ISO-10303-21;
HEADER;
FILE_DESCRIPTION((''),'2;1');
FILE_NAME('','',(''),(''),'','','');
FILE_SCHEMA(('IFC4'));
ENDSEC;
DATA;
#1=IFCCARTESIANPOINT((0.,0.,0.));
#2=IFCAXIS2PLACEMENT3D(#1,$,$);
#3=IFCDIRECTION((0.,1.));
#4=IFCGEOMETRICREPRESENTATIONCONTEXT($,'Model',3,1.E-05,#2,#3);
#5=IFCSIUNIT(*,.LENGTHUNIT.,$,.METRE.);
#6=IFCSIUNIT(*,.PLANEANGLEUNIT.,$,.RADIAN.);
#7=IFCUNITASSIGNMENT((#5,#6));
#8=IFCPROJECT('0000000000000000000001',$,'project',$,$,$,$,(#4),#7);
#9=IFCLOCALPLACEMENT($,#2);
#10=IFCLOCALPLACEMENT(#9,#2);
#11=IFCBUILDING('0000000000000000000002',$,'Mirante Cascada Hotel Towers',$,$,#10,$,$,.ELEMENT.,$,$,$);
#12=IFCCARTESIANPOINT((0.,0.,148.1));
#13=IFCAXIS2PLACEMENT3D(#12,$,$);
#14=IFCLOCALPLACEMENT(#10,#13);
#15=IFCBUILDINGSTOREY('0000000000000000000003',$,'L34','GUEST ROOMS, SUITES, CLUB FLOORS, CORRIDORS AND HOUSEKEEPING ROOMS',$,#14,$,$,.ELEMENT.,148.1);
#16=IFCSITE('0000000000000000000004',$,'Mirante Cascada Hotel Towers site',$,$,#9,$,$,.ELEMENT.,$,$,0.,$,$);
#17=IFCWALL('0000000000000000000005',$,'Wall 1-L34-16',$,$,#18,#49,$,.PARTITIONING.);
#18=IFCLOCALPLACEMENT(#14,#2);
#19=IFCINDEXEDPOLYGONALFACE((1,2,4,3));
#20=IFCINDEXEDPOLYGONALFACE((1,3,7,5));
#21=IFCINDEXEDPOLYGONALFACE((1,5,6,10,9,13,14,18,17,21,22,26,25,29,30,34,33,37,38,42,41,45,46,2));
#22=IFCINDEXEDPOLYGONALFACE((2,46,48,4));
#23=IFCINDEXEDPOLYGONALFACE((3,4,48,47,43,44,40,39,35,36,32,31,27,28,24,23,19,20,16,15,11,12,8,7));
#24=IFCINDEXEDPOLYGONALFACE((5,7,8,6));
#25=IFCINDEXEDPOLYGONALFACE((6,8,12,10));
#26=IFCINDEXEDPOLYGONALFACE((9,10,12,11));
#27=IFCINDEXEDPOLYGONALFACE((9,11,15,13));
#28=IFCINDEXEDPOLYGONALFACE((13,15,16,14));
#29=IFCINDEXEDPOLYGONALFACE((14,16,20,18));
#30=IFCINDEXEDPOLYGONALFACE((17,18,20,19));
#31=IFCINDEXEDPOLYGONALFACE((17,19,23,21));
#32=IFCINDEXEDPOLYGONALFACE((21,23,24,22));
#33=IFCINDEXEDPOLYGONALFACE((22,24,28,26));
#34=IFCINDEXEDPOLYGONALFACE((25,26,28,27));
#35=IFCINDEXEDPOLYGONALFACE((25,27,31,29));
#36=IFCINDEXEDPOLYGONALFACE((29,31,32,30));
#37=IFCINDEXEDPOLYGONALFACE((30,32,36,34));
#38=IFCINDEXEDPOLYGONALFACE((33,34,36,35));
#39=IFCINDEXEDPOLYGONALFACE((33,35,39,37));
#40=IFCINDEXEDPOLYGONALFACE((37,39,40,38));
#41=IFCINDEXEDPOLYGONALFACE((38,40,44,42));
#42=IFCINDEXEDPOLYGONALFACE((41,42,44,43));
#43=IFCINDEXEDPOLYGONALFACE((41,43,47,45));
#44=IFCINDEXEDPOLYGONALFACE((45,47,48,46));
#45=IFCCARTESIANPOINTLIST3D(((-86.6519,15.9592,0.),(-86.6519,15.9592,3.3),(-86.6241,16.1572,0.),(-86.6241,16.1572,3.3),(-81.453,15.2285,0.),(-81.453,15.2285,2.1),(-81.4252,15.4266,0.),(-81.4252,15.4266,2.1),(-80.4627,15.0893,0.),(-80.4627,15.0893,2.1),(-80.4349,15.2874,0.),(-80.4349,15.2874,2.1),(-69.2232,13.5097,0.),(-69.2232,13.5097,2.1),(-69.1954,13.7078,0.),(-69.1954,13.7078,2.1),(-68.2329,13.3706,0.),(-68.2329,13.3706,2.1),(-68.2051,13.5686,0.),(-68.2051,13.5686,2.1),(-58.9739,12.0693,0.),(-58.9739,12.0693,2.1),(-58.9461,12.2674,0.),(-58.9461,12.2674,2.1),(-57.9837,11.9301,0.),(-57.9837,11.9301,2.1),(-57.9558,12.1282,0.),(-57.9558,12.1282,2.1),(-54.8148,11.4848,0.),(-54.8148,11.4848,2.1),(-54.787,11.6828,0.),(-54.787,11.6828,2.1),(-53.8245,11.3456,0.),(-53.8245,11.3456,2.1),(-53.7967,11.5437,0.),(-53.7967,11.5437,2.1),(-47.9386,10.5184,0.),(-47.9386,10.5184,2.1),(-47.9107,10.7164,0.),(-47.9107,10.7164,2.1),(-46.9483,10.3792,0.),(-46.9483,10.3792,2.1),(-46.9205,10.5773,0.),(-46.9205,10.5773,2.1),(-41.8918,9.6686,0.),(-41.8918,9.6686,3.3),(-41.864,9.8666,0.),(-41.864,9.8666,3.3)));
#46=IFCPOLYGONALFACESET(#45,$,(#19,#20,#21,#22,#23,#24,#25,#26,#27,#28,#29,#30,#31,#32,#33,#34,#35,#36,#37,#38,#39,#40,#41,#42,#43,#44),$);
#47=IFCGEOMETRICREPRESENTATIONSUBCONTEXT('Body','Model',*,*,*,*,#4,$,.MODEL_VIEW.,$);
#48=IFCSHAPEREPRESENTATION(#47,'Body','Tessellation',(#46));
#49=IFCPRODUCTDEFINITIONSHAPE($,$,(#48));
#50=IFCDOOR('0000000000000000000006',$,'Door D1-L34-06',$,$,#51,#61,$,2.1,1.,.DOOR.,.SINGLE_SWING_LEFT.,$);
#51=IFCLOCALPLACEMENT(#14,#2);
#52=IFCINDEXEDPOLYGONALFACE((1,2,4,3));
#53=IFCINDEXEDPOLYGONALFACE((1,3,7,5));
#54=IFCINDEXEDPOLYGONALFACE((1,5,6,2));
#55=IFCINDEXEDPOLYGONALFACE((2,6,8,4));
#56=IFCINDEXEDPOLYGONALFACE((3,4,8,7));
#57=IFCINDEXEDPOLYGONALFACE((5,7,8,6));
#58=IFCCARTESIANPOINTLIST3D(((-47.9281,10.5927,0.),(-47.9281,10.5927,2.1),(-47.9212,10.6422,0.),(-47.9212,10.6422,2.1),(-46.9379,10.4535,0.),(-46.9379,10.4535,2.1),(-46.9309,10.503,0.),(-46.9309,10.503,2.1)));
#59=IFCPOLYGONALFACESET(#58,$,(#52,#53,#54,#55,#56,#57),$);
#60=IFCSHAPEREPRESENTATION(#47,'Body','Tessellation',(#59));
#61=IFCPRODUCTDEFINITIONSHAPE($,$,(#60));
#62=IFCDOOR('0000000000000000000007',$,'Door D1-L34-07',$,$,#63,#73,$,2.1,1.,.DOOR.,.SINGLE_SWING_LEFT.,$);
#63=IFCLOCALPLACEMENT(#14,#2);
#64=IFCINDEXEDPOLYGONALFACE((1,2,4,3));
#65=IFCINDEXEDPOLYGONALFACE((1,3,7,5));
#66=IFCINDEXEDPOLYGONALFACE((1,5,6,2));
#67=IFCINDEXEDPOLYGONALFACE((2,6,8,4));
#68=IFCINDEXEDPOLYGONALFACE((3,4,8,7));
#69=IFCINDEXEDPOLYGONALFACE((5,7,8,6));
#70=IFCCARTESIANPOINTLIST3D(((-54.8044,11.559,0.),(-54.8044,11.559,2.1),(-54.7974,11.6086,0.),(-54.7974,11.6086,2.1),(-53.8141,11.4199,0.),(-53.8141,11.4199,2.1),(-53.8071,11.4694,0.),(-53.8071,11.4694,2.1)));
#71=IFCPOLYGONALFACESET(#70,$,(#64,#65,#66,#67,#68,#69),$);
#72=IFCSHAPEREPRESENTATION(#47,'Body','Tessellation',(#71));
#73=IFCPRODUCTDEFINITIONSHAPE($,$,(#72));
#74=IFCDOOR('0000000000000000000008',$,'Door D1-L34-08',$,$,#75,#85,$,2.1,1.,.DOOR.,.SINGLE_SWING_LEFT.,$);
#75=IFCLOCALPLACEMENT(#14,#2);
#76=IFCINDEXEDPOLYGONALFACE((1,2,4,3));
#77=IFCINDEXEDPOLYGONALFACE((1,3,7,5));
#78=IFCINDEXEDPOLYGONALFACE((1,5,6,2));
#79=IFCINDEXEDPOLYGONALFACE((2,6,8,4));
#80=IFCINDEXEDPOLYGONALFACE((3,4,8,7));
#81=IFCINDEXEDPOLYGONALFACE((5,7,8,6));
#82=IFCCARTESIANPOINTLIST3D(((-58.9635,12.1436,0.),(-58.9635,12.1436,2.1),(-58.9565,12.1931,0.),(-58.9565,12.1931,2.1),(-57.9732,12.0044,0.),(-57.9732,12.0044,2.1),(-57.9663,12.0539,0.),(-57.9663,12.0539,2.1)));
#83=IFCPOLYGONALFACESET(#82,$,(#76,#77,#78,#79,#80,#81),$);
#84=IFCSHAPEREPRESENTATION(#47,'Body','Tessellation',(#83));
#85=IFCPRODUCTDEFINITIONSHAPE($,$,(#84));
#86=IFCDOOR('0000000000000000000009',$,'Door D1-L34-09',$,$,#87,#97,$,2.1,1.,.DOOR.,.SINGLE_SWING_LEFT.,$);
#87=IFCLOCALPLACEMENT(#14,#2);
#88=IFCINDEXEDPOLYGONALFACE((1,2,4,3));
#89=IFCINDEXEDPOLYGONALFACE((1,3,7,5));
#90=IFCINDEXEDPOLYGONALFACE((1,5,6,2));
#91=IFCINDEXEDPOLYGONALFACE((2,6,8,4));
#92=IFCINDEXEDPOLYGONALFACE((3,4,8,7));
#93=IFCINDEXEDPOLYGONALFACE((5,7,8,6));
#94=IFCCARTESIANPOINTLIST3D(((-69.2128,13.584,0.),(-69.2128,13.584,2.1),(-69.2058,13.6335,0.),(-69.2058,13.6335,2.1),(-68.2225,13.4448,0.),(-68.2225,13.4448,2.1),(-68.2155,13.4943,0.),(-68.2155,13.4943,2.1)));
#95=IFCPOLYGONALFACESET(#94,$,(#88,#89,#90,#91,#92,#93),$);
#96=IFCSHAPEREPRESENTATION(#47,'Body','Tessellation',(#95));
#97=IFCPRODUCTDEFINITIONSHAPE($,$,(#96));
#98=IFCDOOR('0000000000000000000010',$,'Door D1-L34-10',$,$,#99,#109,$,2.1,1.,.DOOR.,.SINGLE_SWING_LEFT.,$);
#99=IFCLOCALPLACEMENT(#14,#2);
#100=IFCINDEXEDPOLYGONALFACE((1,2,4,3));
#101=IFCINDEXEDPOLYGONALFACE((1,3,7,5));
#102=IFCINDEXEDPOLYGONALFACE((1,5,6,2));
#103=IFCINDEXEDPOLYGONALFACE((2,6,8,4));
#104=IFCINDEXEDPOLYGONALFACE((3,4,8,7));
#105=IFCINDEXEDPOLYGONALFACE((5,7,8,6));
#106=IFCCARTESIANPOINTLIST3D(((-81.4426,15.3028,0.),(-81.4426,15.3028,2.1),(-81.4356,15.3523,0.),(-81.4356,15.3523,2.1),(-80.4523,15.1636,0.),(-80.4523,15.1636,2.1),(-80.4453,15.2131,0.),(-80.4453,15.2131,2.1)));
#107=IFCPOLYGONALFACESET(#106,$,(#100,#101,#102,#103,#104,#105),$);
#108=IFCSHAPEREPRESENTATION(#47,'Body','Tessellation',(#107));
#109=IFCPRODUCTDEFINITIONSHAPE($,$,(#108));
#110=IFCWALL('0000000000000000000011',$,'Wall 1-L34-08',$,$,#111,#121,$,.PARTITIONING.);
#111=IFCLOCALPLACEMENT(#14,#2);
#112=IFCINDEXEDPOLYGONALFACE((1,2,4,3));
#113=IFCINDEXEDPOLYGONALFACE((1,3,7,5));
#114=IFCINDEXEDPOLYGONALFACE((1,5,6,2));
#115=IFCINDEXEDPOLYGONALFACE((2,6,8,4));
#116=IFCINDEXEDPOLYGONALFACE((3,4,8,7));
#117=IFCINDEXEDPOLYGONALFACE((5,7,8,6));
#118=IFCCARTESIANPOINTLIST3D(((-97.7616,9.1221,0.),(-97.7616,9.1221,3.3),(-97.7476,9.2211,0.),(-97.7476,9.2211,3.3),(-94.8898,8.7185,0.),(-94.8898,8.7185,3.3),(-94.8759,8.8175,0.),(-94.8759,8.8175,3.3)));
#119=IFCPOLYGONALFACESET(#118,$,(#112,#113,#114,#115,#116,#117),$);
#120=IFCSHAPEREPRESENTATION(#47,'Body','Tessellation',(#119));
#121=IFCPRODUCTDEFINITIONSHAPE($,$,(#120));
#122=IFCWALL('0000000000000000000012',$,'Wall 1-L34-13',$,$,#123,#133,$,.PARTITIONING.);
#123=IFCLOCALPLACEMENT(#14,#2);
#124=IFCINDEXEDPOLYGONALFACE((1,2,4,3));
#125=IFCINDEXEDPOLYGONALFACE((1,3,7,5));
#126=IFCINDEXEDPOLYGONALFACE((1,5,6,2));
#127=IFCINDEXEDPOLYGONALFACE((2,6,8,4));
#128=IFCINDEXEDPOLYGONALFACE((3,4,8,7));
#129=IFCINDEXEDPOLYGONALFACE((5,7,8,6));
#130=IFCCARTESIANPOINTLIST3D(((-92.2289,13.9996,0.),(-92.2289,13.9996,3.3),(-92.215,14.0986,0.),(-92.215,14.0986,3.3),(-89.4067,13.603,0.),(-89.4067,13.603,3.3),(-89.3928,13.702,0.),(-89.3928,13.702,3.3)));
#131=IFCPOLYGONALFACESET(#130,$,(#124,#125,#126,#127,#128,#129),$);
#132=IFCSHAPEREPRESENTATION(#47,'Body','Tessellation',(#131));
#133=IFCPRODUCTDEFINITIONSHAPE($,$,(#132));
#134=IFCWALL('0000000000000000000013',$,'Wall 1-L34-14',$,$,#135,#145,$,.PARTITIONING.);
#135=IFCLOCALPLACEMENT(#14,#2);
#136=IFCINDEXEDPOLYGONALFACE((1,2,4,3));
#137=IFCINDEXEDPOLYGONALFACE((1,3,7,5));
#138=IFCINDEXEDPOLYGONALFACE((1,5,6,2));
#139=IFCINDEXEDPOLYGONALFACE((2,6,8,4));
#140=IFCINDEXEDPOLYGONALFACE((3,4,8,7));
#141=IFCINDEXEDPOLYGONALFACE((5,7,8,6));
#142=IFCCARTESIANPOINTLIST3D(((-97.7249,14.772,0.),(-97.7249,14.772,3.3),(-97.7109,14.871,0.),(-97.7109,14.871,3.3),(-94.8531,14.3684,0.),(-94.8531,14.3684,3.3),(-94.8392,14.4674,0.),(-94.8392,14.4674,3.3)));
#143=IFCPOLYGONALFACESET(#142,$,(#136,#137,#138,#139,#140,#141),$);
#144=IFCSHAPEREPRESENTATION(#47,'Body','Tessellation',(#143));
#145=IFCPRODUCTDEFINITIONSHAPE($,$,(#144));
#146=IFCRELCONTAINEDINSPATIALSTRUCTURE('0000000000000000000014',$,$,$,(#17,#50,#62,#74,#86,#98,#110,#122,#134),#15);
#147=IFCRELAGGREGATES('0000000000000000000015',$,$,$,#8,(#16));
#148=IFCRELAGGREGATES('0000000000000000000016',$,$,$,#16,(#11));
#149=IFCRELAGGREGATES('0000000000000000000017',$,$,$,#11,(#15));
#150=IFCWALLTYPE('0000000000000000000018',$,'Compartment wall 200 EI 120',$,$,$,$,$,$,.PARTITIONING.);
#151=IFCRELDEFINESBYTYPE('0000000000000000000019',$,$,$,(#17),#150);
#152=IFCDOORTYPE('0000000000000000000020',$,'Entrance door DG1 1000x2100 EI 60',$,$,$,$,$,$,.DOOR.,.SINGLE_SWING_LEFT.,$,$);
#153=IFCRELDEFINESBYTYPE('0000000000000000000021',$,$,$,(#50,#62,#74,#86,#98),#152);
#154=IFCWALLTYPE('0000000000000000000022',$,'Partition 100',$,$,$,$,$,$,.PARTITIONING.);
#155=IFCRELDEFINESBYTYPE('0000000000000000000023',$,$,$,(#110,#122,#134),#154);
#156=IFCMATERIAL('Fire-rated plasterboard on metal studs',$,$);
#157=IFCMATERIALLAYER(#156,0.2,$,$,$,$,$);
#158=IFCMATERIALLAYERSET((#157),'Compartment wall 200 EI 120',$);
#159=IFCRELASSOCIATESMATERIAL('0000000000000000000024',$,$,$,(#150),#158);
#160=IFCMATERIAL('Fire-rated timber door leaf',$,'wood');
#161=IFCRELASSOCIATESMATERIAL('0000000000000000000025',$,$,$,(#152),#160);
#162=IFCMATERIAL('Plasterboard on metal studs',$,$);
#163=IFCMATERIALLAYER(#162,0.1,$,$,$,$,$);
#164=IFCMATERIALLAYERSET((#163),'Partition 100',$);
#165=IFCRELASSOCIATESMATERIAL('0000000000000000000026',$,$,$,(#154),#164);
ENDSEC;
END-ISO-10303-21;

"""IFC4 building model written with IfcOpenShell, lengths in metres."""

from ifc_helpers import new_model, si_unit, direction, frame, frame_2d, origin, place, context, subcontext, project, spatial, rectangle, extrude, material, layer, layer_set, type_object, element, fill, save


model = new_model("IFC4")

# Units and contexts
model_context = context("Model", 3, precision=1e-05, world=origin(), true_north=direction((0.0, 1.0)))
body_context = subcontext(model_context, "Body", "Model", "MODEL_VIEW")
ifc_project = project(units=[si_unit("LENGTHUNIT", "METRE"), si_unit("PLANEANGLEUNIT", "RADIAN")], contexts=[model_context])

# Site, building, storey
site_placement = place(None, origin())
site = spatial("IfcSite", under=ifc_project, at=site_placement, Name="Mirante Cascada Hotel Towers site", CompositionType="ELEMENT", RefElevation=0.0)
building_placement = place(site_placement, origin())
building = spatial("IfcBuilding", under=site, at=building_placement, Name="Mirante Cascada Hotel Towers", CompositionType="ELEMENT")
storey_placement = place(building_placement, frame((0.0, 0.0, 148.1)))
storey = spatial("IfcBuildingStorey", under=building, at=storey_placement, Name="L34", Description="GUEST ROOMS, SUITES, CLUB FLOORS, CORRIDORS AND HOUSEKEEPING ROOMS", CompositionType="ELEMENT", Elevation=148.1)

# Shared definitions
ifc_material_1 = material(Name="Fire-rated plasterboard on metal studs")
ifc_layer_1 = layer(ifc_material_1, 0.2)
ifc_layer_set_1 = layer_set([ifc_layer_1], Name="Compartment wall 200 EI 120")
wall_type_1 = type_object("IfcWallType", Name="Compartment wall 200 EI 120", PredefinedType="PARTITIONING", material=ifc_layer_set_1)

# Wall, openings, doors
wall_1_placement = place(storey_placement, frame((-86.638, 16.0582, 0.0), z_axis=(0.0, 0.0, 1.0), x_axis=(0.990268, -0.139173, 0.0)))
wall_1 = element("IfcWall", 1, at=wall_1_placement, inside=storey, type_object=wall_type_1, Name="Wall 1-L34-16", PredefinedType="PARTITIONING", context=body_context, shape_type="SweptSolid", body=[
    extrude(rectangle(XDim=45.2, YDim=0.2, at=frame_2d((22.6, 0.0))), origin(), (0.0, 0.0, 1.0), 3.3),
])
opening_1_placement = place(wall_1_placement, frame((39.0938, 0.0, 0.0)))
opening_1 = element("IfcOpeningElement", 2, at=opening_1_placement, cuts=wall_1, PredefinedType="OPENING", context=body_context, shape_type="SweptSolid", body=[
    extrude(rectangle(XDim=1.0, YDim=2.1, at=frame_2d((0.5, 1.05))), frame((0.0, 0.1, 0.0), z_axis=(0.0, -1.0, 0.0), x_axis=(1.0, 0.0, 0.0)), (0.0, 0.0, 1.0), 0.2),
])
opening_2_placement = place(wall_1_placement, frame((32.15, 0.0, 0.0)))
opening_2 = element("IfcOpeningElement", 3, at=opening_2_placement, cuts=wall_1, PredefinedType="OPENING", context=body_context, shape_type="SweptSolid", body=[
    extrude(rectangle(XDim=1.0, YDim=2.1, at=frame_2d((0.5, 1.05))), frame((0.0, 0.1, 0.0), z_axis=(0.0, -1.0, 0.0), x_axis=(1.0, 0.0, 0.0)), (0.0, 0.0, 1.0), 0.2),
])
opening_3_placement = place(wall_1_placement, frame((27.95, 0.0, 0.0)))
opening_3 = element("IfcOpeningElement", 4, at=opening_3_placement, cuts=wall_1, PredefinedType="OPENING", context=body_context, shape_type="SweptSolid", body=[
    extrude(rectangle(XDim=1.0, YDim=2.1, at=frame_2d((0.5, 1.05))), frame((0.0, 0.1, 0.0), z_axis=(0.0, -1.0, 0.0), x_axis=(1.0, 0.0, 0.0)), (0.0, 0.0, 1.0), 0.2),
])
opening_4_placement = place(wall_1_placement, frame((17.6, 0.0, 0.0)))
opening_4 = element("IfcOpeningElement", 5, at=opening_4_placement, cuts=wall_1, PredefinedType="OPENING", context=body_context, shape_type="SweptSolid", body=[
    extrude(rectangle(XDim=1.0, YDim=2.1, at=frame_2d((0.5, 1.05))), frame((0.0, 0.1, 0.0), z_axis=(0.0, -1.0, 0.0), x_axis=(1.0, 0.0, 0.0)), (0.0, 0.0, 1.0), 0.2),
])
opening_5_placement = place(wall_1_placement, frame((5.25, 0.0, 0.0)))
opening_5 = element("IfcOpeningElement", 6, at=opening_5_placement, cuts=wall_1, PredefinedType="OPENING", context=body_context, shape_type="SweptSolid", body=[
    extrude(rectangle(XDim=1.0, YDim=2.1, at=frame_2d((0.5, 1.05))), frame((0.0, 0.1, 0.0), z_axis=(0.0, -1.0, 0.0), x_axis=(1.0, 0.0, 0.0)), (0.0, 0.0, 1.0), 0.2),
])
ifc_material_2 = material(Name="Fire-rated timber door leaf", Category="wood")
door_type_1 = type_object("IfcDoorType", Name="Entrance door DG1 1000x2100 EI 60", OperationType="SINGLE_SWING_LEFT", PredefinedType="DOOR", material=ifc_material_2)
door_1_placement = place(opening_1_placement, origin())
door_1 = element("IfcDoor", 7, at=door_1_placement, inside=storey, type_object=door_type_1, Name="Door D1-L34-06", OperationType="SINGLE_SWING_LEFT", OverallHeight=2.1, OverallWidth=1.0, PredefinedType="DOOR", context=body_context, shape_type="SweptSolid", body=[
    extrude(rectangle(XDim=1.0, YDim=2.1, at=frame_2d((0.5, 1.05))), frame((0.0, 0.025, 0.0), z_axis=(0.0, -1.0, 0.0), x_axis=(1.0, 0.0, 0.0)), (0.0, 0.0, 1.0), 0.05),
])
fill(opening_1, door_1)
door_2_placement = place(opening_2_placement, origin())
door_2 = element("IfcDoor", 8, at=door_2_placement, inside=storey, type_object=door_type_1, Name="Door D1-L34-07", OperationType="SINGLE_SWING_LEFT", OverallHeight=2.1, OverallWidth=1.0, PredefinedType="DOOR", context=body_context, shape_type="SweptSolid", body=[
    extrude(rectangle(XDim=1.0, YDim=2.1, at=frame_2d((0.5, 1.05))), frame((0.0, 0.025, 0.0), z_axis=(0.0, -1.0, 0.0), x_axis=(1.0, 0.0, 0.0)), (0.0, 0.0, 1.0), 0.05),
])
fill(opening_2, door_2)
door_3_placement = place(opening_3_placement, origin())
door_3 = element("IfcDoor", 9, at=door_3_placement, inside=storey, type_object=door_type_1, Name="Door D1-L34-08", OperationType="SINGLE_SWING_LEFT", OverallHeight=2.1, OverallWidth=1.0, PredefinedType="DOOR", context=body_context, shape_type="SweptSolid", body=[
    extrude(rectangle(XDim=1.0, YDim=2.1, at=frame_2d((0.5, 1.05))), frame((0.0, 0.025, 0.0), z_axis=(0.0, -1.0, 0.0), x_axis=(1.0, 0.0, 0.0)), (0.0, 0.0, 1.0), 0.05),
])
fill(opening_3, door_3)
door_4_placement = place(opening_4_placement, origin())
door_4 = element("IfcDoor", 10, at=door_4_placement, inside=storey, type_object=door_type_1, Name="Door D1-L34-09", OperationType="SINGLE_SWING_LEFT", OverallHeight=2.1, OverallWidth=1.0, PredefinedType="DOOR", context=body_context, shape_type="SweptSolid", body=[
    extrude(rectangle(XDim=1.0, YDim=2.1, at=frame_2d((0.5, 1.05))), frame((0.0, 0.025, 0.0), z_axis=(0.0, -1.0, 0.0), x_axis=(1.0, 0.0, 0.0)), (0.0, 0.0, 1.0), 0.05),
])
fill(opening_4, door_4)
door_5_placement = place(opening_5_placement, origin())
door_5 = element("IfcDoor", 11, at=door_5_placement, inside=storey, type_object=door_type_1, Name="Door D1-L34-10", OperationType="SINGLE_SWING_LEFT", OverallHeight=2.1, OverallWidth=1.0, PredefinedType="DOOR", context=body_context, shape_type="SweptSolid", body=[
    extrude(rectangle(XDim=1.0, YDim=2.1, at=frame_2d((0.5, 1.05))), frame((0.0, 0.025, 0.0), z_axis=(0.0, -1.0, 0.0), x_axis=(1.0, 0.0, 0.0)), (0.0, 0.0, 1.0), 0.05),
])
fill(opening_5, door_5)

# Walls
ifc_material_3 = material(Name="Plasterboard on metal studs")
ifc_layer_2 = layer(ifc_material_3, 0.1)
ifc_layer_set_2 = layer_set([ifc_layer_2], Name="Partition 100")
wall_type_2 = type_object("IfcWallType", Name="Partition 100", PredefinedType="PARTITIONING", material=ifc_layer_set_2)
wall_2_placement = place(storey_placement, frame((-97.7546, 9.1716, 0.0), z_axis=(0.0, 0.0, 1.0), x_axis=(0.990268, -0.139171, 0.0)))
element("IfcWall", 12, at=wall_2_placement, inside=storey, type_object=wall_type_2, Name="Wall 1-L34-08", PredefinedType="PARTITIONING", context=body_context, shape_type="SweptSolid", body=[
    extrude(rectangle(XDim=2.9, YDim=0.1, at=frame_2d((1.45, 0.0))), origin(), (0.0, 0.0, 1.0), 3.3),
])
wall_3_placement = place(storey_placement, frame((-89.3997, 13.6525, 0.0), z_axis=(0.0, 0.0, 1.0), x_axis=(-0.99027, 0.139161, 0.0)))
element("IfcWall", 13, at=wall_3_placement, inside=storey, type_object=wall_type_2, Name="Wall 1-L34-13", PredefinedType="PARTITIONING", context=body_context, shape_type="SweptSolid", body=[
    extrude(rectangle(XDim=2.8499, YDim=0.1, at=frame_2d((1.425, 0.0))), origin(), (0.0, 0.0, 1.0), 3.3),
])
wall_4_placement = place(storey_placement, frame((-97.7179, 14.8215, 0.0), z_axis=(0.0, 0.0, 1.0), x_axis=(0.990268, -0.139171, 0.0)))
element("IfcWall", 14, at=wall_4_placement, inside=storey, type_object=wall_type_2, Name="Wall 1-L34-14", PredefinedType="PARTITIONING", context=body_context, shape_type="SweptSolid", body=[
    extrude(rectangle(XDim=2.9, YDim=0.1, at=frame_2d((1.45, 0.0))), origin(), (0.0, 0.0, 1.0), 3.3),
])

save(model, "model.ifc")
